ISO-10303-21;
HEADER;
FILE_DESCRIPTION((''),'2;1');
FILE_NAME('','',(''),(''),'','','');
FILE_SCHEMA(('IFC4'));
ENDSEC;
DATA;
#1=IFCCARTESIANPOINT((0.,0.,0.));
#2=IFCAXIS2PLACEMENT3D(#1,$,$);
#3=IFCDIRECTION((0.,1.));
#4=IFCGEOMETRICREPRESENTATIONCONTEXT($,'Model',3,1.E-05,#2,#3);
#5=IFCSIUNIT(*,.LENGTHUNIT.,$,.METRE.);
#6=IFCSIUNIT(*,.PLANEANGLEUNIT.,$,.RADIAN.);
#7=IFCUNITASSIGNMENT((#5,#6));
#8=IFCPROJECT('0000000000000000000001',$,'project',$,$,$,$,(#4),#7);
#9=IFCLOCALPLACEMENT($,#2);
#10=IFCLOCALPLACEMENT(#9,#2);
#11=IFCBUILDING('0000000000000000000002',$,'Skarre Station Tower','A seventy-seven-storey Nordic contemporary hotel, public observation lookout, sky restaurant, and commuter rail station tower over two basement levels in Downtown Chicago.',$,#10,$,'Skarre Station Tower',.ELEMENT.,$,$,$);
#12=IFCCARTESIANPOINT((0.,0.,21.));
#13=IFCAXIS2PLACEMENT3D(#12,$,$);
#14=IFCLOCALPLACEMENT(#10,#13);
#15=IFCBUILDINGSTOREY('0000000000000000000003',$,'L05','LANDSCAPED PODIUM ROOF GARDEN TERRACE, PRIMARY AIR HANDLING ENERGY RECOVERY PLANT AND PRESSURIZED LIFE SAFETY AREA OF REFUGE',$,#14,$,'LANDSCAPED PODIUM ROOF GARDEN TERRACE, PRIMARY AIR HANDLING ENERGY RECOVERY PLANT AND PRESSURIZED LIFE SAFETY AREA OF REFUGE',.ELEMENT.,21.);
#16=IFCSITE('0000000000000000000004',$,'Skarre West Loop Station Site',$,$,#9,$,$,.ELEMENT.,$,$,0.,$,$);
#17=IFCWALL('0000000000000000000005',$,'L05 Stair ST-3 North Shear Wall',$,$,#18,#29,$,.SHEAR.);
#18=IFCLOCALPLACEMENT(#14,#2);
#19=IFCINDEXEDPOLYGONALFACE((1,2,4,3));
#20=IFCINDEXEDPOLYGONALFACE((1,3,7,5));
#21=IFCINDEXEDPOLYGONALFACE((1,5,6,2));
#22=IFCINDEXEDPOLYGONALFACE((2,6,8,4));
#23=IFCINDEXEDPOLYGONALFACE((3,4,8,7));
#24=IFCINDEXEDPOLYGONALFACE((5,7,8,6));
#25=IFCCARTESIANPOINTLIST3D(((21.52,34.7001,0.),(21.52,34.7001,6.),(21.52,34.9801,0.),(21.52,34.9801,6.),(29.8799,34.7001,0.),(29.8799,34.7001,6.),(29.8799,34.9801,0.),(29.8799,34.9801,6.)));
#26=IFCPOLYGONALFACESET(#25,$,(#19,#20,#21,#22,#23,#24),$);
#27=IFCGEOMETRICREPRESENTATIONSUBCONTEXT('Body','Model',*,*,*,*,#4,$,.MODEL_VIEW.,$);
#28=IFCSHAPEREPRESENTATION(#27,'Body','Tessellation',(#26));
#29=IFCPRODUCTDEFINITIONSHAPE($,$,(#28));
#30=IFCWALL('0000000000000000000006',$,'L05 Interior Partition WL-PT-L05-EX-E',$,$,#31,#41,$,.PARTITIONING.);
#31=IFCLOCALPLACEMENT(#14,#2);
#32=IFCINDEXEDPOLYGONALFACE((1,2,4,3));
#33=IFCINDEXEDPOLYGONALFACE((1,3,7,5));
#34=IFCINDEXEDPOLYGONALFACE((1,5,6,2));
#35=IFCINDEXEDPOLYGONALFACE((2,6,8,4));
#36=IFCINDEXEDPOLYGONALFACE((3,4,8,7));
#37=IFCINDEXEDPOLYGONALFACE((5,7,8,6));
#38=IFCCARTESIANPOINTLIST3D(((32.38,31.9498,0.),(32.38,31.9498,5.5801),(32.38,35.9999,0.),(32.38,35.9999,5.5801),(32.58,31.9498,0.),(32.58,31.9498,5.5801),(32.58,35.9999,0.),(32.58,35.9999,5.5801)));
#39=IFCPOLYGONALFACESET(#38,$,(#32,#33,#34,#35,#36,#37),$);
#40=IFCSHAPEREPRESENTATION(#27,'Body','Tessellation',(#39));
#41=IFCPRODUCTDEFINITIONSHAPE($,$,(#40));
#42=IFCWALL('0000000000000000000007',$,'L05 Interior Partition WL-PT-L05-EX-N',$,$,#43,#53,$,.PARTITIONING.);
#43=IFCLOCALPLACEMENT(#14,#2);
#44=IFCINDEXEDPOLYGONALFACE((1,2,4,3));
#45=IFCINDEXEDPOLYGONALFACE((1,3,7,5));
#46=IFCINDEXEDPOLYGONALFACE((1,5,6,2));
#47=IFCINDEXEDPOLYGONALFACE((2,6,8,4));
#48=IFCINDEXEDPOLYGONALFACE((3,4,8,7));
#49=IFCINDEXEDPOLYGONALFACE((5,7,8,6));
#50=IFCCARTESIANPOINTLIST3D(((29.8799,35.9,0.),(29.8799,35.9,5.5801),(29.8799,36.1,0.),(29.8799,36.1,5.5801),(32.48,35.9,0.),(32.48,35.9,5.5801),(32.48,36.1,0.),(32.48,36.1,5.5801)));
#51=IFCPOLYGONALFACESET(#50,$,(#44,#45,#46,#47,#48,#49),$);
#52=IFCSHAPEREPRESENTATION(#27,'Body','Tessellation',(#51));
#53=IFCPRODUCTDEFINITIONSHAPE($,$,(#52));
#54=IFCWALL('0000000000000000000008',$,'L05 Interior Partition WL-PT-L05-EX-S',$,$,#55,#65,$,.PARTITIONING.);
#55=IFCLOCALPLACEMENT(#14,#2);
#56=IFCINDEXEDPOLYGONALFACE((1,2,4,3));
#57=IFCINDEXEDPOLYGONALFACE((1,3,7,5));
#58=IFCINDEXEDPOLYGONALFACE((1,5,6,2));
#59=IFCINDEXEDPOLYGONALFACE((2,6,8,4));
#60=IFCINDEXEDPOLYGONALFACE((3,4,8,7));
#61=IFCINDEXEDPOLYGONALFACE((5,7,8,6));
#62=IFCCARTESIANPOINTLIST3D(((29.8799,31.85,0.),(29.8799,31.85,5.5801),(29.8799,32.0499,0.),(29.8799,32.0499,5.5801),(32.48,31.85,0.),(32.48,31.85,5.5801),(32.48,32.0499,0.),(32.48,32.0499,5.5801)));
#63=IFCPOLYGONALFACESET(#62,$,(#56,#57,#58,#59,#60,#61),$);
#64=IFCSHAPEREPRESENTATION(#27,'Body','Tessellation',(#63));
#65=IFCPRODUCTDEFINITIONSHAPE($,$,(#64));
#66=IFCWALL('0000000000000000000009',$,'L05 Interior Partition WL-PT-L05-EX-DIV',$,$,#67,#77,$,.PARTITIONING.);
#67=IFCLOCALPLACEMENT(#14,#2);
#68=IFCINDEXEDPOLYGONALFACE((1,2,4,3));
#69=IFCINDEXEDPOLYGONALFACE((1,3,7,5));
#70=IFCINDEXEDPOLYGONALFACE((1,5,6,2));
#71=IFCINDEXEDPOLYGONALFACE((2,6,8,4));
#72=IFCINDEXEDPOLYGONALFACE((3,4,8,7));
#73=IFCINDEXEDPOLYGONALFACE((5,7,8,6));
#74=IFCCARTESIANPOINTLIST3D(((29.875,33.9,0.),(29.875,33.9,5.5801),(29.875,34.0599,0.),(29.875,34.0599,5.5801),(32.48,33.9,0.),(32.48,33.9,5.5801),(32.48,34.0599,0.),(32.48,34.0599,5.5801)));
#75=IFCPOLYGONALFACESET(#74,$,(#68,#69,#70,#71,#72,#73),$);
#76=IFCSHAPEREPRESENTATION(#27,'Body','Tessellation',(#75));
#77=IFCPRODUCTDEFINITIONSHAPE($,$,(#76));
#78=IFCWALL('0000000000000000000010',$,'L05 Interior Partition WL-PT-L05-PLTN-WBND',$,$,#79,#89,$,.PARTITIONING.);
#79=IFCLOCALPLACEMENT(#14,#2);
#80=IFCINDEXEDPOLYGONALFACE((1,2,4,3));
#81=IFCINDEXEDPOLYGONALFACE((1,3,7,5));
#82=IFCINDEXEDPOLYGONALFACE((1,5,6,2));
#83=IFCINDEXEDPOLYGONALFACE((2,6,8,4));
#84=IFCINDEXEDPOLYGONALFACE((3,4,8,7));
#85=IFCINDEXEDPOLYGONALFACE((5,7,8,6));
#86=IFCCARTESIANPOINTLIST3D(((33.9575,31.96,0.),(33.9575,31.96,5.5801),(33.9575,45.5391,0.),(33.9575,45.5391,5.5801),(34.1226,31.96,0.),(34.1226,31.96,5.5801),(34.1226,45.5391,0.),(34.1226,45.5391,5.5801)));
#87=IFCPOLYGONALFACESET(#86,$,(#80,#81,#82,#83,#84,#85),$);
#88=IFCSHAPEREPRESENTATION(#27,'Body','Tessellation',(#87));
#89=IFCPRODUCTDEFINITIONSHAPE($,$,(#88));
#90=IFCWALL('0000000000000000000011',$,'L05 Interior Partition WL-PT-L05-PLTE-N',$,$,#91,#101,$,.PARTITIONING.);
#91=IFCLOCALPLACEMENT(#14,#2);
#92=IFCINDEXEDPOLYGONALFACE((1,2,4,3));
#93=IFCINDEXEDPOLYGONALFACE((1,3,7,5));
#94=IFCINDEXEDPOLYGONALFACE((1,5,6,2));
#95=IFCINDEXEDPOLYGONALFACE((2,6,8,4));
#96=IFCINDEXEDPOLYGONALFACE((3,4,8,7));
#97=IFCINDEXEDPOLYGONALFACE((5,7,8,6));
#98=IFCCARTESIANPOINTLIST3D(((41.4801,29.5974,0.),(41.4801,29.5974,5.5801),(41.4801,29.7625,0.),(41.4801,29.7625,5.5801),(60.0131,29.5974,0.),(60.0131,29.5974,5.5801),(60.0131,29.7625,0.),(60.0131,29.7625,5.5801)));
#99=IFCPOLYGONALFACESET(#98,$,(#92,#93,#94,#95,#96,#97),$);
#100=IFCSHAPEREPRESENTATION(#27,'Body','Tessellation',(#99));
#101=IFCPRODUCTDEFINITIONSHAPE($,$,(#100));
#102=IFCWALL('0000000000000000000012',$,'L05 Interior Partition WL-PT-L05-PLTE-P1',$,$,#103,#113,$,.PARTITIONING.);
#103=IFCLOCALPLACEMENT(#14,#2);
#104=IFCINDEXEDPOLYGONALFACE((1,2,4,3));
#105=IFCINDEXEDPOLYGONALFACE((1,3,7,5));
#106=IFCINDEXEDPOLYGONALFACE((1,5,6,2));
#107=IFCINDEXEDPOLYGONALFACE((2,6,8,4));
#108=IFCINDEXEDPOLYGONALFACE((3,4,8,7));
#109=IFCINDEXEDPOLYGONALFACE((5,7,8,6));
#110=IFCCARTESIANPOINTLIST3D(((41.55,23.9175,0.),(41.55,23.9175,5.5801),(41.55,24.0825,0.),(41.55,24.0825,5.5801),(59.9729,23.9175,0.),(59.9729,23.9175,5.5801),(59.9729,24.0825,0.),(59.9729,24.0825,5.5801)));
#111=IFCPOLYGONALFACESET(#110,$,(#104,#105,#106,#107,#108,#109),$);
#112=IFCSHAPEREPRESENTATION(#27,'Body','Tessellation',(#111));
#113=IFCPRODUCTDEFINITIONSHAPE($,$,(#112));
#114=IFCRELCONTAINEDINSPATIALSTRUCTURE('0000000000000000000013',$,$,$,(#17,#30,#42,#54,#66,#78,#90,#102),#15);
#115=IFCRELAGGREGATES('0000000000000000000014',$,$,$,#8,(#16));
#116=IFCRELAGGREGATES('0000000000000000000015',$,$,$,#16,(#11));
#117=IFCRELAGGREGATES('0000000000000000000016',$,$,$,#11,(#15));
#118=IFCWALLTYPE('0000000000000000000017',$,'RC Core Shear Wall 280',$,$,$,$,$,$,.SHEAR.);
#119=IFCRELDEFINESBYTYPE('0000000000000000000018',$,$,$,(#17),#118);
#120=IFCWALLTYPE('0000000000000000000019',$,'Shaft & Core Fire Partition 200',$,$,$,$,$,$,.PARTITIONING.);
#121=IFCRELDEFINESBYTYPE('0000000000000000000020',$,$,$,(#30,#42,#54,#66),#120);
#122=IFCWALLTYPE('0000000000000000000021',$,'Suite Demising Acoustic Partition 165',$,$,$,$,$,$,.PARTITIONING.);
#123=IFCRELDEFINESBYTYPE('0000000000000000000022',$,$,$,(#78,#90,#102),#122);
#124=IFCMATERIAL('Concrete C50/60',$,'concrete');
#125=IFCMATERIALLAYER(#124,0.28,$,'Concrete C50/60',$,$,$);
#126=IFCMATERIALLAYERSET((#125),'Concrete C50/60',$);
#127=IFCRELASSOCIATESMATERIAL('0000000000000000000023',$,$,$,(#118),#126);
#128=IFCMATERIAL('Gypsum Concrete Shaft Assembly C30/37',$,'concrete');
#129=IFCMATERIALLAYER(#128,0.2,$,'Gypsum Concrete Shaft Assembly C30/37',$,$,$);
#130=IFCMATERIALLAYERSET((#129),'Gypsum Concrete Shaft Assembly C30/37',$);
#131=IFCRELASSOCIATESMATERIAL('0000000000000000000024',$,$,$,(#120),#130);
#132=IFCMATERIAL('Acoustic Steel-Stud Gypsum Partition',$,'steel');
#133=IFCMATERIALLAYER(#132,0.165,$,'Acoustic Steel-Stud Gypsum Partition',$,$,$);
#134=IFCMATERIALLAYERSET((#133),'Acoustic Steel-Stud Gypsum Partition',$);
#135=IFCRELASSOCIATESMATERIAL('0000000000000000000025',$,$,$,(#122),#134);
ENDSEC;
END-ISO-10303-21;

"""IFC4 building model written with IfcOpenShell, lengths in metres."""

from ifc_helpers import new_model, si_unit, direction, frame, frame_2d, origin, place, context, subcontext, project, spatial, rectangle, extrude, material, layer, layer_set, type_object, element, save


model = new_model("IFC4")

# Units and contexts
model_context = context("Model", 3, precision=1e-05, world=origin(), true_north=direction((0.0, 1.0)))
body_context = subcontext(model_context, "Body", "Model", "MODEL_VIEW")
ifc_project = project(units=[si_unit("LENGTHUNIT", "METRE"), si_unit("PLANEANGLEUNIT", "RADIAN")], contexts=[model_context])

# Site, building, storey
site_placement = place(None, origin())
site = spatial("IfcSite", under=ifc_project, at=site_placement, Name="Skarre West Loop Station Site", CompositionType="ELEMENT", RefElevation=0.0)
building_placement = place(site_placement, origin())
building = spatial("IfcBuilding", under=site, at=building_placement, Name="Skarre Station Tower", Description="A seventy-seven-storey Nordic contemporary hotel, public observation lookout, sky restaurant, and commuter rail station tower over two basement levels in Downtown Chicago.", LongName="Skarre Station Tower", CompositionType="ELEMENT")
storey_placement = place(building_placement, frame((0.0, 0.0, 21.0)))
storey = spatial("IfcBuildingStorey", under=building, at=storey_placement, Name="L05", Description="LANDSCAPED PODIUM ROOF GARDEN TERRACE, PRIMARY AIR HANDLING ENERGY RECOVERY PLANT AND PRESSURIZED LIFE SAFETY AREA OF REFUGE", LongName="LANDSCAPED PODIUM ROOF GARDEN TERRACE, PRIMARY AIR HANDLING ENERGY RECOVERY PLANT AND PRESSURIZED LIFE SAFETY AREA OF REFUGE", CompositionType="ELEMENT", Elevation=21.0)

# Shared definitions
ifc_material_1 = material(Name="Acoustic Steel-Stud Gypsum Partition", Category="steel")

# Walls
ifc_material_2 = material(Name="Concrete C50/60", Category="concrete")
ifc_layer_1 = layer(ifc_material_2, 0.28, Name="Concrete C50/60")
ifc_layer_set_1 = layer_set([ifc_layer_1], Name="Concrete C50/60")
wall_type_1 = type_object("IfcWallType", Name="RC Core Shear Wall 280", PredefinedType="SHEAR", material=ifc_layer_set_1)
wall_1_placement = place(storey_placement, frame((29.8799, 34.8401, 0.0), z_axis=(0.0, 0.0, 1.0), x_axis=(-1.0, 0.0, 0.0)))
element("IfcWall", 1, at=wall_1_placement, inside=storey, type_object=wall_type_1, Name="L05 Stair ST-3 North Shear Wall", PredefinedType="SHEAR", context=body_context, shape_type="SweptSolid", body=[
    extrude(rectangle(XDim=8.3599, YDim=0.28, at=frame_2d((4.1799, 0.0))), origin(), (0.0, 0.0, 1.0), 6.0),
])
ifc_material_3 = material(Name="Gypsum Concrete Shaft Assembly C30/37", Category="concrete")
ifc_layer_2 = layer(ifc_material_3, 0.2, Name="Gypsum Concrete Shaft Assembly C30/37")
ifc_layer_set_2 = layer_set([ifc_layer_2], Name="Gypsum Concrete Shaft Assembly C30/37")
wall_type_2 = type_object("IfcWallType", Name="Shaft & Core Fire Partition 200", PredefinedType="PARTITIONING", material=ifc_layer_set_2)
wall_2_placement = place(storey_placement, frame((32.48, 31.95, 0.0), z_axis=(0.0, 0.0, 1.0), x_axis=(0.0, 1.0, 0.0)))
element("IfcWall", 2, at=wall_2_placement, inside=storey, type_object=wall_type_2, Name="L05 Interior Partition WL-PT-L05-EX-E", PredefinedType="PARTITIONING", context=body_context, shape_type="SweptSolid", body=[
    extrude(rectangle(XDim=4.05, YDim=0.2, at=frame_2d((2.0249, 0.0))), origin(), (0.0, 0.0, 1.0), 5.5801),
])
for number, where, z_axis, x_axis, name in (
    (3, (29.8799, 36.0, 0.0), (0.0, 0.0, 1.0), (1.0, 0.0, 0.0), "L05 Interior Partition WL-PT-L05-EX-N"),
    (4, (32.48, 31.95, 0.0), (0.0, 0.0, 1.0), (-1.0, 0.0, 0.0), "L05 Interior Partition WL-PT-L05-EX-S"),
):
    element("IfcWall", number, at=place(storey_placement, frame(where, z_axis=z_axis, x_axis=x_axis)), inside=storey, type_object=wall_type_2, Name=name, PredefinedType="PARTITIONING", context=body_context, shape_type="SweptSolid", body=[
        extrude(rectangle(XDim=2.6001, YDim=0.2, at=frame_2d((1.3, 0.0))), origin(), (0.0, 0.0, 1.0), 5.5801),
    ])
wall_3_placement = place(storey_placement, frame((29.875, 33.98, 0.0), z_axis=(0.0, 0.0, 1.0), x_axis=(1.0, 0.0, 0.0)))
element("IfcWall", 5, at=wall_3_placement, inside=storey, type_object=wall_type_2, Name="L05 Interior Partition WL-PT-L05-EX-DIV", PredefinedType="PARTITIONING", context=body_context, shape_type="SweptSolid", body=[
    extrude(rectangle(XDim=2.605, YDim=0.1599, at=frame_2d((1.3025, 0.0))), origin(), (0.0, 0.0, 1.0), 5.5801),
])
ifc_layer_3 = layer(ifc_material_1, 0.165, Name="Acoustic Steel-Stud Gypsum Partition")
ifc_layer_set_3 = layer_set([ifc_layer_3], Name="Acoustic Steel-Stud Gypsum Partition")
wall_type_3 = type_object("IfcWallType", Name="Suite Demising Acoustic Partition 165", PredefinedType="PARTITIONING", material=ifc_layer_set_3)
wall_4_placement = place(storey_placement, frame((34.04, 31.96, 0.0), z_axis=(0.0, 0.0, 1.0), x_axis=(0.0, 1.0, 0.0)))
element("IfcWall", 6, at=wall_4_placement, inside=storey, type_object=wall_type_3, Name="L05 Interior Partition WL-PT-L05-PLTN-WBND", PredefinedType="PARTITIONING", context=body_context, shape_type="SweptSolid", body=[
    extrude(rectangle(XDim=13.5791, YDim=0.165, at=frame_2d((6.7896, 0.0))), origin(), (0.0, 0.0, 1.0), 5.5801),
])
wall_5_placement = place(storey_placement, frame((41.48, 29.6799, 0.0), z_axis=(0.0, 0.0, 1.0), x_axis=(1.0, 0.0, 0.0)))
element("IfcWall", 7, at=wall_5_placement, inside=storey, type_object=wall_type_3, Name="L05 Interior Partition WL-PT-L05-PLTE-N", PredefinedType="PARTITIONING", context=body_context, shape_type="SweptSolid", body=[
    extrude(rectangle(XDim=18.533, YDim=0.165, at=frame_2d((9.2666, 0.0))), origin(), (0.0, 0.0, 1.0), 5.5801),
])
wall_6_placement = place(storey_placement, frame((41.55, 24.0, 0.0), z_axis=(0.0, 0.0, 1.0), x_axis=(1.0, 0.0, 0.0)))
element("IfcWall", 8, at=wall_6_placement, inside=storey, type_object=wall_type_3, Name="L05 Interior Partition WL-PT-L05-PLTE-P1", PredefinedType="PARTITIONING", context=body_context, shape_type="SweptSolid", body=[
    extrude(rectangle(XDim=18.4229, YDim=0.165, at=frame_2d((9.2114, 0.0))), origin(), (0.0, 0.0, 1.0), 5.5801),
])

save(model, "model.ifc")
